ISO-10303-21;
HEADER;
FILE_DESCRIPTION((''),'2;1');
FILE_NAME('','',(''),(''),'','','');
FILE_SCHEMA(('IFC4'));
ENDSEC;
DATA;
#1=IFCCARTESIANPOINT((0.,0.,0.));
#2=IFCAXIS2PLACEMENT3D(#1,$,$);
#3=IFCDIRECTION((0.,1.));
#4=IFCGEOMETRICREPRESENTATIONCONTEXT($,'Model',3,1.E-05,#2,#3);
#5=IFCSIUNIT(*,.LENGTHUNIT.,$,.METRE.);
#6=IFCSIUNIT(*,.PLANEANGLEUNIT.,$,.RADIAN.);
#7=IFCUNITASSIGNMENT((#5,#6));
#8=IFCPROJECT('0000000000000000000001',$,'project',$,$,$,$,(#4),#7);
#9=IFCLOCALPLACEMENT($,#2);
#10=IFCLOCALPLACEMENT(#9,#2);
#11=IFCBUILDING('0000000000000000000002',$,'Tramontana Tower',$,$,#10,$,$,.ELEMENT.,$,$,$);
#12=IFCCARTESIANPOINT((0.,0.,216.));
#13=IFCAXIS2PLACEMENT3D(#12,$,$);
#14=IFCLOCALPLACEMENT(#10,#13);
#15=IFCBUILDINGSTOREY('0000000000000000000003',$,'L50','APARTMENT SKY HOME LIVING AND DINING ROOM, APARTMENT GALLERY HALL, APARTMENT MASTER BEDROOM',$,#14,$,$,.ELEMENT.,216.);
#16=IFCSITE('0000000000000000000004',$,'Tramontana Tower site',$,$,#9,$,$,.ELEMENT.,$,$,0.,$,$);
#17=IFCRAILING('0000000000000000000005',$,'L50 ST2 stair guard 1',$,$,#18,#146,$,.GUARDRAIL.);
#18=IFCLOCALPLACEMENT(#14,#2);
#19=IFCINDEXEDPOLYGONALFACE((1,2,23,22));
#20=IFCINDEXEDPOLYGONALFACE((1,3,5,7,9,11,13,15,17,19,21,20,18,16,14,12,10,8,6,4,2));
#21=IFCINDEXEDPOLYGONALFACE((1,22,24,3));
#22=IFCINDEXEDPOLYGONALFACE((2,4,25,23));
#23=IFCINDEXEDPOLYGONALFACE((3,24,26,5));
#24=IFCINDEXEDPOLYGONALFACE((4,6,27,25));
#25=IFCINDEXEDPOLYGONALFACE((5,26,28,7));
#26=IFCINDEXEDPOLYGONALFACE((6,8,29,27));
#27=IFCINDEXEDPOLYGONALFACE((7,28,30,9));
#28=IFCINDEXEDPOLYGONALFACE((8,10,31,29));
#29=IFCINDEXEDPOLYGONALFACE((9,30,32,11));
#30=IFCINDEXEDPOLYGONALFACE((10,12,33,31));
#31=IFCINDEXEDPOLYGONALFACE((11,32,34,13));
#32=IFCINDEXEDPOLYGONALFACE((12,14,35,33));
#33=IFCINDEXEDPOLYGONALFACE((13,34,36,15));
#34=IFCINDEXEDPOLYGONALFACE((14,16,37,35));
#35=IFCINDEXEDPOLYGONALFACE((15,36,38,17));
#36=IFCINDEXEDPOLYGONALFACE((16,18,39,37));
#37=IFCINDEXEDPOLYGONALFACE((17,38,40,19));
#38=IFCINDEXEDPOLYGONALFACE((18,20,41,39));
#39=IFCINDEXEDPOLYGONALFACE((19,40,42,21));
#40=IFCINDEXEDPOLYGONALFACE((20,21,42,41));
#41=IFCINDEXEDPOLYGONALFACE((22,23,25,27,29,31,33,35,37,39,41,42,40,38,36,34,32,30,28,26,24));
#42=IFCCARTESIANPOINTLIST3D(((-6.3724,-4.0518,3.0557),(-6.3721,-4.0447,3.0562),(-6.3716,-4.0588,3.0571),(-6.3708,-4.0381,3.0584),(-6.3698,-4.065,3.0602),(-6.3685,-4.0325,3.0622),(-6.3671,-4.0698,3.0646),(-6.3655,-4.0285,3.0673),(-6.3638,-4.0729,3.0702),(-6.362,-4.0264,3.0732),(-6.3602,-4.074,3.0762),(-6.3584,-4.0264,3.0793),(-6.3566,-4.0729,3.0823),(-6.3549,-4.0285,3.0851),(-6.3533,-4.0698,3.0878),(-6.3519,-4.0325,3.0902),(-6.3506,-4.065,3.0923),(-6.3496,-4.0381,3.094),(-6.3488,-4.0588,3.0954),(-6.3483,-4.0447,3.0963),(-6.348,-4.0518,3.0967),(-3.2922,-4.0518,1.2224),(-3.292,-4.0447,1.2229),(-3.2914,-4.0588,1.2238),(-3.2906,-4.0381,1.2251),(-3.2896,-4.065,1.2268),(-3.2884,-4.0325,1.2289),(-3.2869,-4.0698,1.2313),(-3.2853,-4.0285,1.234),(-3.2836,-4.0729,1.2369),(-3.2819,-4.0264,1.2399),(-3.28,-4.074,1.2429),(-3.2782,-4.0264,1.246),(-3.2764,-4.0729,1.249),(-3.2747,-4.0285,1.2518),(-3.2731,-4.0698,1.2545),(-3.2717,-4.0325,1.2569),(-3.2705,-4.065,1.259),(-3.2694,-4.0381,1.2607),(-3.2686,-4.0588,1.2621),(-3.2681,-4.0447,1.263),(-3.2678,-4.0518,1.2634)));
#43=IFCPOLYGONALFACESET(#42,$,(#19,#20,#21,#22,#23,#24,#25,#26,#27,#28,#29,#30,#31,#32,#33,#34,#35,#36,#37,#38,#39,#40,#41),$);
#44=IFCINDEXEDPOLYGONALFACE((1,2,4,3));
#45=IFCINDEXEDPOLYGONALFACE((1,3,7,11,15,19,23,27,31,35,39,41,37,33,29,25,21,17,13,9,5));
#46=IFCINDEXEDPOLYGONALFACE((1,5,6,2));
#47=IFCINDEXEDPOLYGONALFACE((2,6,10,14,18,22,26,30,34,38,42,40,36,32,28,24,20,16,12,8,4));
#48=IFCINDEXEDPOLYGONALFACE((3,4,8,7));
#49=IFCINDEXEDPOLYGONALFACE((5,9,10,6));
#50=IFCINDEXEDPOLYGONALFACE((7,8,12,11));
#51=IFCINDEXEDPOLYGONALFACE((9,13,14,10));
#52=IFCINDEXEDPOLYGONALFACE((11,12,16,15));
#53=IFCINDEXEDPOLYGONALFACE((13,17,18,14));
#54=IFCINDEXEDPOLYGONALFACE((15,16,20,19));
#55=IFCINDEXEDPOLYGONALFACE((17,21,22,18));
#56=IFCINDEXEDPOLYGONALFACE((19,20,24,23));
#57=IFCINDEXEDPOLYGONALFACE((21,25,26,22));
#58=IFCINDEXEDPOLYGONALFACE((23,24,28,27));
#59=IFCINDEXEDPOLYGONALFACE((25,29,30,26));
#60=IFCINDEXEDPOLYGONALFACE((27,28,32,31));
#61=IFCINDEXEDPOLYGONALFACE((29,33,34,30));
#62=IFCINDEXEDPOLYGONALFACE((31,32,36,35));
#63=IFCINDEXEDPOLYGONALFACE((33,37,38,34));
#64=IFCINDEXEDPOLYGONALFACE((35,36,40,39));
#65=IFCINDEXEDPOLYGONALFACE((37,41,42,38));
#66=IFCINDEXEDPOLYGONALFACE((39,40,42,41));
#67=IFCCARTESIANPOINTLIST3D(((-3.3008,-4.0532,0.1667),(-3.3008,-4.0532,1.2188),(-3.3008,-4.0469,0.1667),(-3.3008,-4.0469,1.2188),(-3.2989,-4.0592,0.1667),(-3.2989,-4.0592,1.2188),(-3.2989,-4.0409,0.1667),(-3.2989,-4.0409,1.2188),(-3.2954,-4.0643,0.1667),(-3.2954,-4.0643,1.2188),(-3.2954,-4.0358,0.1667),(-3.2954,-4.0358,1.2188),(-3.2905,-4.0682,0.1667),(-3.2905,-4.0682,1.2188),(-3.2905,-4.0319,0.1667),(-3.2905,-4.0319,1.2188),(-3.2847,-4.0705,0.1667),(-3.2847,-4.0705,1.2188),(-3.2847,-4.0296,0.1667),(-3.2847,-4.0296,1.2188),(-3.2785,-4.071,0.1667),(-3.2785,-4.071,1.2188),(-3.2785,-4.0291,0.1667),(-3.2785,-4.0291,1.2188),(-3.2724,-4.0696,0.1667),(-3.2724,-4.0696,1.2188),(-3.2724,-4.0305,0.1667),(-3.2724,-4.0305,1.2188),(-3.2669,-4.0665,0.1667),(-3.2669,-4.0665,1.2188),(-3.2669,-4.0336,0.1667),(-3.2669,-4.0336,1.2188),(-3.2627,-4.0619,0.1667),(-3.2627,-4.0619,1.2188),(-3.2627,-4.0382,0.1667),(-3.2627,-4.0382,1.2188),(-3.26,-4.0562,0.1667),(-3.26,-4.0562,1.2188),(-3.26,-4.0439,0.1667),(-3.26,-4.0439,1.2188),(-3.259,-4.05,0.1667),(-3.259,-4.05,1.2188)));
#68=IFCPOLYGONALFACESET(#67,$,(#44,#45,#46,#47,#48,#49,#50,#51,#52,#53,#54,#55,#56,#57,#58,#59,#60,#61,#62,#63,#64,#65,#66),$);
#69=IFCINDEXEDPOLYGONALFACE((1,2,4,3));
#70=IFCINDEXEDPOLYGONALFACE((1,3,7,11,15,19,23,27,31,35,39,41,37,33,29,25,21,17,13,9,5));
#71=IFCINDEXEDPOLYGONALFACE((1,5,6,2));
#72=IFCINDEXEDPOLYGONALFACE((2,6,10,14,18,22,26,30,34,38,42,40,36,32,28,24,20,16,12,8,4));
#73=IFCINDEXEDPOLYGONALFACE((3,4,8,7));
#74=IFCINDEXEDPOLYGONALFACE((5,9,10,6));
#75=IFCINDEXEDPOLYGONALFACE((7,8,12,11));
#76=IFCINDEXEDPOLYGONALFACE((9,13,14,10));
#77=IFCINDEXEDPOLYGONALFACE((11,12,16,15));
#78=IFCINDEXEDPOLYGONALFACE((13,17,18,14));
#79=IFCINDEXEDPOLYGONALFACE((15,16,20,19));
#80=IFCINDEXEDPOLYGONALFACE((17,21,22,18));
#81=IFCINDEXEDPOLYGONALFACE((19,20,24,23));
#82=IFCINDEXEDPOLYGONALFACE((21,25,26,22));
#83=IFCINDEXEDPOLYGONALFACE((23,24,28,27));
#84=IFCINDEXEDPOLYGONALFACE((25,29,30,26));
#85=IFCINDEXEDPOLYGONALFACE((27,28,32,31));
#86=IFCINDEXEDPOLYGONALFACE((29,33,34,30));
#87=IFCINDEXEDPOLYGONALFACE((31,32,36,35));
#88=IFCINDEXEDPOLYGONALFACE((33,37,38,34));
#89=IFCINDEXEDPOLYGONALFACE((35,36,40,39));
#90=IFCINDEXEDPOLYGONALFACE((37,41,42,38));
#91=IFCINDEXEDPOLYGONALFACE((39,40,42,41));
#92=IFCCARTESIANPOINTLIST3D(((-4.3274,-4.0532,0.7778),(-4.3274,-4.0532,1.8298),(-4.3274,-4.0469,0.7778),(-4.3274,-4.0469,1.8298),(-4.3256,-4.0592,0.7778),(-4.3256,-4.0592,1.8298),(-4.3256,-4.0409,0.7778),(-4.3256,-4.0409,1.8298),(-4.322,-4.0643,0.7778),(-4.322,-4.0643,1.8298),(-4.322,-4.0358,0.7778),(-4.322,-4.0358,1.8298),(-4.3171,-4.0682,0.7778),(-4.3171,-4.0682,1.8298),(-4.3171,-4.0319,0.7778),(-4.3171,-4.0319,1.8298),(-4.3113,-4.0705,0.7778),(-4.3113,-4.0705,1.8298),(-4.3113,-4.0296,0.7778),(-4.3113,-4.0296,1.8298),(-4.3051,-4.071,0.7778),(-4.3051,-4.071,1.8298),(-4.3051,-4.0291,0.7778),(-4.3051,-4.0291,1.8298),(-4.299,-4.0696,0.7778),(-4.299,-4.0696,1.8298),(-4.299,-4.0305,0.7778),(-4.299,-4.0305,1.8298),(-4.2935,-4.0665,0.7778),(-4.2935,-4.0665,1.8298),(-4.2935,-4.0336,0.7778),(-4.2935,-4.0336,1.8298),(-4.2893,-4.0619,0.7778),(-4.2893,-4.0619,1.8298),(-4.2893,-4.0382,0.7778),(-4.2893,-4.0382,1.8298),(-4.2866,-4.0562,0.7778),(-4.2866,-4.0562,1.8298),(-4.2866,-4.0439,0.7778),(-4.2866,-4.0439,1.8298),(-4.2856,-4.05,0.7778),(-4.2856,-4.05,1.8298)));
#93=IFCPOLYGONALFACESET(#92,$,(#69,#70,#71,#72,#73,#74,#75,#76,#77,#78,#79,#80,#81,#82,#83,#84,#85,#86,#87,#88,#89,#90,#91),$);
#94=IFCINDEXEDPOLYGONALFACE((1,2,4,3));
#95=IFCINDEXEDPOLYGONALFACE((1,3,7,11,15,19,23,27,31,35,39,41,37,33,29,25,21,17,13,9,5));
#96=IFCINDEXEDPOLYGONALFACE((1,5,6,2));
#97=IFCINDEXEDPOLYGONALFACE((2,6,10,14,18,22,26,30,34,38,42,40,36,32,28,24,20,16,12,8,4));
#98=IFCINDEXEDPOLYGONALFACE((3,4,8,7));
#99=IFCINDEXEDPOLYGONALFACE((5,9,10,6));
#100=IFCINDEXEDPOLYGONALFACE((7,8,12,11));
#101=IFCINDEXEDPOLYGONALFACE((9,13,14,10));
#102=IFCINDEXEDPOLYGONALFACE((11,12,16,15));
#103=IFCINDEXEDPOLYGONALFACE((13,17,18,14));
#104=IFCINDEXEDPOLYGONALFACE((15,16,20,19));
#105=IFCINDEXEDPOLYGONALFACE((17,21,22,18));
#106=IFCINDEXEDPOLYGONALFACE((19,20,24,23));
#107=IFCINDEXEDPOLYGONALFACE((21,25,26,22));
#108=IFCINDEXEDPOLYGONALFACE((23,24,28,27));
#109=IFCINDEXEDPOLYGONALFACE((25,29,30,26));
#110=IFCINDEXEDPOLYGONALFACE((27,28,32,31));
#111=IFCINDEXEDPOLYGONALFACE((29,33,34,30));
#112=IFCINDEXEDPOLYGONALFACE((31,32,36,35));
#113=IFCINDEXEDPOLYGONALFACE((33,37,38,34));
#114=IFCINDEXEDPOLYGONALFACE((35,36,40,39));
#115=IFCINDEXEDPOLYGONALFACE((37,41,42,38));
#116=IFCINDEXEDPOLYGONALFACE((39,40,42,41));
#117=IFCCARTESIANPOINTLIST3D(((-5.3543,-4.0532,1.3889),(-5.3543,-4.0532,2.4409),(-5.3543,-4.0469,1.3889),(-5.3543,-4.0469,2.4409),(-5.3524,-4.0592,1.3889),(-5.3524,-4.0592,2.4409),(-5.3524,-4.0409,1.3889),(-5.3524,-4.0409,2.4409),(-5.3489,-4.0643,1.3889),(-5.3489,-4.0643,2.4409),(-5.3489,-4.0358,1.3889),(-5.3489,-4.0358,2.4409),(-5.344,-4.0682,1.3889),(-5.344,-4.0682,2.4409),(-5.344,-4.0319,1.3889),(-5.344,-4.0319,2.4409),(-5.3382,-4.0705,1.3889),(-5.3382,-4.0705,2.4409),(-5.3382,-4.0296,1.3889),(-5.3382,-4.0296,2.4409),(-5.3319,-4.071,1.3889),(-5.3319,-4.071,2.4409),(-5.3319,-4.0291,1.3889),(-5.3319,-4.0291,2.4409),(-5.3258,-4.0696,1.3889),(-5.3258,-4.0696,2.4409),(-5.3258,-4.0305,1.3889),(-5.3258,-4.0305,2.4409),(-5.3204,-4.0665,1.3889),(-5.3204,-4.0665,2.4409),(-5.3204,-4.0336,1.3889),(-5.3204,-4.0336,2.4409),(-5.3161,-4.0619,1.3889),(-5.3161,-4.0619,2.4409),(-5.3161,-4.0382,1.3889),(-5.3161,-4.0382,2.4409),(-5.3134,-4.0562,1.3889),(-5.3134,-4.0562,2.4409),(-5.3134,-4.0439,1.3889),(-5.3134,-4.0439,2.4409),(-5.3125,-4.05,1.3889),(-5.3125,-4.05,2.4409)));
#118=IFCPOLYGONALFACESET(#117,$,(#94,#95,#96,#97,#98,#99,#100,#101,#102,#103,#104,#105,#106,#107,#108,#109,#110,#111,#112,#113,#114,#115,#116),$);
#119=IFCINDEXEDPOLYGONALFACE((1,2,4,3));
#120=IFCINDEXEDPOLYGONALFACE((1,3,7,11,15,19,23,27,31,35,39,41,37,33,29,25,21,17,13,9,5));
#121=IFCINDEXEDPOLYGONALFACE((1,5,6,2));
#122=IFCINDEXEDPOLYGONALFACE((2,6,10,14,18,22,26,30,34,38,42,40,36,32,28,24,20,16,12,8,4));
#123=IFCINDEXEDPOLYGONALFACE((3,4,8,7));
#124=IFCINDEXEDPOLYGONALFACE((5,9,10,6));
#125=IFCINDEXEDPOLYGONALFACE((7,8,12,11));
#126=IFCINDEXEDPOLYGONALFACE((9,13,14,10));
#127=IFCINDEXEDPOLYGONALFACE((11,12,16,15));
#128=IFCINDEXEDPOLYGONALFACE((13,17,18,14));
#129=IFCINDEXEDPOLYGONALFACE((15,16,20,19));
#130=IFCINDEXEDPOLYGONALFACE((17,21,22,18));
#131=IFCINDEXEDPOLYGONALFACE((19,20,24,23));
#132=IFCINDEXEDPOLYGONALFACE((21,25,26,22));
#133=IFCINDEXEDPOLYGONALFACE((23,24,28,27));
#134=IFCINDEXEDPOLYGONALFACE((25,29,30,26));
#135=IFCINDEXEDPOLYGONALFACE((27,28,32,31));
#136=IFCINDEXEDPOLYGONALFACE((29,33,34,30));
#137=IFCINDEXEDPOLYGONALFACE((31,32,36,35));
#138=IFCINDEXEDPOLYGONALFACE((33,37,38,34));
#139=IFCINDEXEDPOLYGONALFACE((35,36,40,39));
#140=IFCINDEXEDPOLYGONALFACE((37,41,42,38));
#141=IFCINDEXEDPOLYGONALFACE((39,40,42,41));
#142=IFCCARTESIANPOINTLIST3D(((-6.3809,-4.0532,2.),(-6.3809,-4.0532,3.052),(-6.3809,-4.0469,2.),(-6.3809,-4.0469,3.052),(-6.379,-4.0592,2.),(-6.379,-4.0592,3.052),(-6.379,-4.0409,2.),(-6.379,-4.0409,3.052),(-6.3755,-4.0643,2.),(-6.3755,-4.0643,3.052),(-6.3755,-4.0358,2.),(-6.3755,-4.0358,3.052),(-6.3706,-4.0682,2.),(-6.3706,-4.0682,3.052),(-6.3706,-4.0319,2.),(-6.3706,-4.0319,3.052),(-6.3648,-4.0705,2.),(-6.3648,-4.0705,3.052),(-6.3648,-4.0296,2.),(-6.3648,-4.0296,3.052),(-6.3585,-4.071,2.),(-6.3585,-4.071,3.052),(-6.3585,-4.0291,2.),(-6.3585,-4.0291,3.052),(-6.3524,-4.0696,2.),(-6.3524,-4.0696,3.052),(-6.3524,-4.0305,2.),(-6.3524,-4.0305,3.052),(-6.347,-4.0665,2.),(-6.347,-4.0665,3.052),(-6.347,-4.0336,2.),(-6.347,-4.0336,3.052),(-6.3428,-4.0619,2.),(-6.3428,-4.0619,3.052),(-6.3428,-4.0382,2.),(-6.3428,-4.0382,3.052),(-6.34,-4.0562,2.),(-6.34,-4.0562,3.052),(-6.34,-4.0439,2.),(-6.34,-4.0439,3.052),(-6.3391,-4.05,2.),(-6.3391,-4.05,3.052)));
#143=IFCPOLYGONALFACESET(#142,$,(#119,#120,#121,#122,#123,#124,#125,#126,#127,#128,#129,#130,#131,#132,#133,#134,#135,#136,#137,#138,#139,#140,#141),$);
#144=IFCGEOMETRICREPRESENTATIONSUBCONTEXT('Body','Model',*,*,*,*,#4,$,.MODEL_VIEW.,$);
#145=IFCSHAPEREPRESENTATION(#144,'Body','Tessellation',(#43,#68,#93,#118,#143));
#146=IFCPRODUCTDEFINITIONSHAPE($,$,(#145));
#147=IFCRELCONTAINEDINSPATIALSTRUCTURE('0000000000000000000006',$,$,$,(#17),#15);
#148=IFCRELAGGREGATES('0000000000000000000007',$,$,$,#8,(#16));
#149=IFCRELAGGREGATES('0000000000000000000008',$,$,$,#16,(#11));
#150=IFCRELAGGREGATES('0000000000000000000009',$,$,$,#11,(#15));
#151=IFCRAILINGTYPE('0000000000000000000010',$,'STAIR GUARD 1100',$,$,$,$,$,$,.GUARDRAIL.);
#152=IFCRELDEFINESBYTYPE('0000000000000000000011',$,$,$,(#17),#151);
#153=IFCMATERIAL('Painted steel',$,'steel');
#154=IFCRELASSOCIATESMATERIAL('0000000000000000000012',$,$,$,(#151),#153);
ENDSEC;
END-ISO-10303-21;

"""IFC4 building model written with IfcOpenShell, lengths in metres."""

from ifc_helpers import new_model, si_unit, direction, frame, origin, origin_2d, place, context, subcontext, project, spatial, circle, extrude, material, type_object, element, save


model = new_model("IFC4")

# Units and contexts
model_context = context("Model", 3, precision=1e-05, world=origin(), true_north=direction((0.0, 1.0)))
body_context = subcontext(model_context, "Body", "Model", "MODEL_VIEW")
ifc_project = project(units=[si_unit("LENGTHUNIT", "METRE"), si_unit("PLANEANGLEUNIT", "RADIAN")], contexts=[model_context])

# Site, building, storey
site_placement = place(None, origin())
site = spatial("IfcSite", under=ifc_project, at=site_placement, Name="Tramontana Tower site", CompositionType="ELEMENT", RefElevation=0.0)
building_placement = place(site_placement, origin())
building = spatial("IfcBuilding", under=site, at=building_placement, Name="Tramontana Tower", CompositionType="ELEMENT")
storey_placement = place(building_placement, frame((0.0, 0.0, 216.0)))
storey = spatial("IfcBuildingStorey", under=building, at=storey_placement, Name="L50", Description="APARTMENT SKY HOME LIVING AND DINING ROOM, APARTMENT GALLERY HALL, APARTMENT MASTER BEDROOM", CompositionType="ELEMENT", Elevation=216.0)

# Railing
ifc_material_1 = material(Name="Painted steel", Category="steel")
railing_type_1 = type_object("IfcRailingType", Name="STAIR GUARD 1100", PredefinedType="GUARDRAIL", material=ifc_material_1)
railing_1_placement = place(storey_placement, frame((-3.28, -4.05, 0.1667)))
element("IfcRailing", 1, at=railing_1_placement, inside=storey, type_object=railing_type_1, Name="L50 ST2 stair guard 1", PredefinedType="GUARDRAIL", context=body_context, shape_type="SweptSolid", body=[
    extrude(circle(Radius=0.0239, at=origin_2d()), frame((0.0, 0.0, 1.0762), z_axis=(-0.859309, 0.0, 0.511458), x_axis=(0.0, -1.0, 0.0)), (0.0, 0.0, 1.0), 3.5845),
    extrude(circle(Radius=0.021, at=origin_2d()), origin(), (0.0, 0.0, 1.0), 1.052),
    extrude(circle(Radius=0.021, at=origin_2d()), frame((-1.0266, 0.0, 0.6111)), (0.0, 0.0, 1.0), 1.052),
    extrude(circle(Radius=0.021, at=origin_2d()), frame((-2.0535, 0.0, 1.2222)), (0.0, 0.0, 1.0), 1.052),
    extrude(circle(Radius=0.021, at=origin_2d()), frame((-3.0801, 0.0, 1.8333)), (0.0, 0.0, 1.0), 1.052),
])

save(model, "model.ifc")
